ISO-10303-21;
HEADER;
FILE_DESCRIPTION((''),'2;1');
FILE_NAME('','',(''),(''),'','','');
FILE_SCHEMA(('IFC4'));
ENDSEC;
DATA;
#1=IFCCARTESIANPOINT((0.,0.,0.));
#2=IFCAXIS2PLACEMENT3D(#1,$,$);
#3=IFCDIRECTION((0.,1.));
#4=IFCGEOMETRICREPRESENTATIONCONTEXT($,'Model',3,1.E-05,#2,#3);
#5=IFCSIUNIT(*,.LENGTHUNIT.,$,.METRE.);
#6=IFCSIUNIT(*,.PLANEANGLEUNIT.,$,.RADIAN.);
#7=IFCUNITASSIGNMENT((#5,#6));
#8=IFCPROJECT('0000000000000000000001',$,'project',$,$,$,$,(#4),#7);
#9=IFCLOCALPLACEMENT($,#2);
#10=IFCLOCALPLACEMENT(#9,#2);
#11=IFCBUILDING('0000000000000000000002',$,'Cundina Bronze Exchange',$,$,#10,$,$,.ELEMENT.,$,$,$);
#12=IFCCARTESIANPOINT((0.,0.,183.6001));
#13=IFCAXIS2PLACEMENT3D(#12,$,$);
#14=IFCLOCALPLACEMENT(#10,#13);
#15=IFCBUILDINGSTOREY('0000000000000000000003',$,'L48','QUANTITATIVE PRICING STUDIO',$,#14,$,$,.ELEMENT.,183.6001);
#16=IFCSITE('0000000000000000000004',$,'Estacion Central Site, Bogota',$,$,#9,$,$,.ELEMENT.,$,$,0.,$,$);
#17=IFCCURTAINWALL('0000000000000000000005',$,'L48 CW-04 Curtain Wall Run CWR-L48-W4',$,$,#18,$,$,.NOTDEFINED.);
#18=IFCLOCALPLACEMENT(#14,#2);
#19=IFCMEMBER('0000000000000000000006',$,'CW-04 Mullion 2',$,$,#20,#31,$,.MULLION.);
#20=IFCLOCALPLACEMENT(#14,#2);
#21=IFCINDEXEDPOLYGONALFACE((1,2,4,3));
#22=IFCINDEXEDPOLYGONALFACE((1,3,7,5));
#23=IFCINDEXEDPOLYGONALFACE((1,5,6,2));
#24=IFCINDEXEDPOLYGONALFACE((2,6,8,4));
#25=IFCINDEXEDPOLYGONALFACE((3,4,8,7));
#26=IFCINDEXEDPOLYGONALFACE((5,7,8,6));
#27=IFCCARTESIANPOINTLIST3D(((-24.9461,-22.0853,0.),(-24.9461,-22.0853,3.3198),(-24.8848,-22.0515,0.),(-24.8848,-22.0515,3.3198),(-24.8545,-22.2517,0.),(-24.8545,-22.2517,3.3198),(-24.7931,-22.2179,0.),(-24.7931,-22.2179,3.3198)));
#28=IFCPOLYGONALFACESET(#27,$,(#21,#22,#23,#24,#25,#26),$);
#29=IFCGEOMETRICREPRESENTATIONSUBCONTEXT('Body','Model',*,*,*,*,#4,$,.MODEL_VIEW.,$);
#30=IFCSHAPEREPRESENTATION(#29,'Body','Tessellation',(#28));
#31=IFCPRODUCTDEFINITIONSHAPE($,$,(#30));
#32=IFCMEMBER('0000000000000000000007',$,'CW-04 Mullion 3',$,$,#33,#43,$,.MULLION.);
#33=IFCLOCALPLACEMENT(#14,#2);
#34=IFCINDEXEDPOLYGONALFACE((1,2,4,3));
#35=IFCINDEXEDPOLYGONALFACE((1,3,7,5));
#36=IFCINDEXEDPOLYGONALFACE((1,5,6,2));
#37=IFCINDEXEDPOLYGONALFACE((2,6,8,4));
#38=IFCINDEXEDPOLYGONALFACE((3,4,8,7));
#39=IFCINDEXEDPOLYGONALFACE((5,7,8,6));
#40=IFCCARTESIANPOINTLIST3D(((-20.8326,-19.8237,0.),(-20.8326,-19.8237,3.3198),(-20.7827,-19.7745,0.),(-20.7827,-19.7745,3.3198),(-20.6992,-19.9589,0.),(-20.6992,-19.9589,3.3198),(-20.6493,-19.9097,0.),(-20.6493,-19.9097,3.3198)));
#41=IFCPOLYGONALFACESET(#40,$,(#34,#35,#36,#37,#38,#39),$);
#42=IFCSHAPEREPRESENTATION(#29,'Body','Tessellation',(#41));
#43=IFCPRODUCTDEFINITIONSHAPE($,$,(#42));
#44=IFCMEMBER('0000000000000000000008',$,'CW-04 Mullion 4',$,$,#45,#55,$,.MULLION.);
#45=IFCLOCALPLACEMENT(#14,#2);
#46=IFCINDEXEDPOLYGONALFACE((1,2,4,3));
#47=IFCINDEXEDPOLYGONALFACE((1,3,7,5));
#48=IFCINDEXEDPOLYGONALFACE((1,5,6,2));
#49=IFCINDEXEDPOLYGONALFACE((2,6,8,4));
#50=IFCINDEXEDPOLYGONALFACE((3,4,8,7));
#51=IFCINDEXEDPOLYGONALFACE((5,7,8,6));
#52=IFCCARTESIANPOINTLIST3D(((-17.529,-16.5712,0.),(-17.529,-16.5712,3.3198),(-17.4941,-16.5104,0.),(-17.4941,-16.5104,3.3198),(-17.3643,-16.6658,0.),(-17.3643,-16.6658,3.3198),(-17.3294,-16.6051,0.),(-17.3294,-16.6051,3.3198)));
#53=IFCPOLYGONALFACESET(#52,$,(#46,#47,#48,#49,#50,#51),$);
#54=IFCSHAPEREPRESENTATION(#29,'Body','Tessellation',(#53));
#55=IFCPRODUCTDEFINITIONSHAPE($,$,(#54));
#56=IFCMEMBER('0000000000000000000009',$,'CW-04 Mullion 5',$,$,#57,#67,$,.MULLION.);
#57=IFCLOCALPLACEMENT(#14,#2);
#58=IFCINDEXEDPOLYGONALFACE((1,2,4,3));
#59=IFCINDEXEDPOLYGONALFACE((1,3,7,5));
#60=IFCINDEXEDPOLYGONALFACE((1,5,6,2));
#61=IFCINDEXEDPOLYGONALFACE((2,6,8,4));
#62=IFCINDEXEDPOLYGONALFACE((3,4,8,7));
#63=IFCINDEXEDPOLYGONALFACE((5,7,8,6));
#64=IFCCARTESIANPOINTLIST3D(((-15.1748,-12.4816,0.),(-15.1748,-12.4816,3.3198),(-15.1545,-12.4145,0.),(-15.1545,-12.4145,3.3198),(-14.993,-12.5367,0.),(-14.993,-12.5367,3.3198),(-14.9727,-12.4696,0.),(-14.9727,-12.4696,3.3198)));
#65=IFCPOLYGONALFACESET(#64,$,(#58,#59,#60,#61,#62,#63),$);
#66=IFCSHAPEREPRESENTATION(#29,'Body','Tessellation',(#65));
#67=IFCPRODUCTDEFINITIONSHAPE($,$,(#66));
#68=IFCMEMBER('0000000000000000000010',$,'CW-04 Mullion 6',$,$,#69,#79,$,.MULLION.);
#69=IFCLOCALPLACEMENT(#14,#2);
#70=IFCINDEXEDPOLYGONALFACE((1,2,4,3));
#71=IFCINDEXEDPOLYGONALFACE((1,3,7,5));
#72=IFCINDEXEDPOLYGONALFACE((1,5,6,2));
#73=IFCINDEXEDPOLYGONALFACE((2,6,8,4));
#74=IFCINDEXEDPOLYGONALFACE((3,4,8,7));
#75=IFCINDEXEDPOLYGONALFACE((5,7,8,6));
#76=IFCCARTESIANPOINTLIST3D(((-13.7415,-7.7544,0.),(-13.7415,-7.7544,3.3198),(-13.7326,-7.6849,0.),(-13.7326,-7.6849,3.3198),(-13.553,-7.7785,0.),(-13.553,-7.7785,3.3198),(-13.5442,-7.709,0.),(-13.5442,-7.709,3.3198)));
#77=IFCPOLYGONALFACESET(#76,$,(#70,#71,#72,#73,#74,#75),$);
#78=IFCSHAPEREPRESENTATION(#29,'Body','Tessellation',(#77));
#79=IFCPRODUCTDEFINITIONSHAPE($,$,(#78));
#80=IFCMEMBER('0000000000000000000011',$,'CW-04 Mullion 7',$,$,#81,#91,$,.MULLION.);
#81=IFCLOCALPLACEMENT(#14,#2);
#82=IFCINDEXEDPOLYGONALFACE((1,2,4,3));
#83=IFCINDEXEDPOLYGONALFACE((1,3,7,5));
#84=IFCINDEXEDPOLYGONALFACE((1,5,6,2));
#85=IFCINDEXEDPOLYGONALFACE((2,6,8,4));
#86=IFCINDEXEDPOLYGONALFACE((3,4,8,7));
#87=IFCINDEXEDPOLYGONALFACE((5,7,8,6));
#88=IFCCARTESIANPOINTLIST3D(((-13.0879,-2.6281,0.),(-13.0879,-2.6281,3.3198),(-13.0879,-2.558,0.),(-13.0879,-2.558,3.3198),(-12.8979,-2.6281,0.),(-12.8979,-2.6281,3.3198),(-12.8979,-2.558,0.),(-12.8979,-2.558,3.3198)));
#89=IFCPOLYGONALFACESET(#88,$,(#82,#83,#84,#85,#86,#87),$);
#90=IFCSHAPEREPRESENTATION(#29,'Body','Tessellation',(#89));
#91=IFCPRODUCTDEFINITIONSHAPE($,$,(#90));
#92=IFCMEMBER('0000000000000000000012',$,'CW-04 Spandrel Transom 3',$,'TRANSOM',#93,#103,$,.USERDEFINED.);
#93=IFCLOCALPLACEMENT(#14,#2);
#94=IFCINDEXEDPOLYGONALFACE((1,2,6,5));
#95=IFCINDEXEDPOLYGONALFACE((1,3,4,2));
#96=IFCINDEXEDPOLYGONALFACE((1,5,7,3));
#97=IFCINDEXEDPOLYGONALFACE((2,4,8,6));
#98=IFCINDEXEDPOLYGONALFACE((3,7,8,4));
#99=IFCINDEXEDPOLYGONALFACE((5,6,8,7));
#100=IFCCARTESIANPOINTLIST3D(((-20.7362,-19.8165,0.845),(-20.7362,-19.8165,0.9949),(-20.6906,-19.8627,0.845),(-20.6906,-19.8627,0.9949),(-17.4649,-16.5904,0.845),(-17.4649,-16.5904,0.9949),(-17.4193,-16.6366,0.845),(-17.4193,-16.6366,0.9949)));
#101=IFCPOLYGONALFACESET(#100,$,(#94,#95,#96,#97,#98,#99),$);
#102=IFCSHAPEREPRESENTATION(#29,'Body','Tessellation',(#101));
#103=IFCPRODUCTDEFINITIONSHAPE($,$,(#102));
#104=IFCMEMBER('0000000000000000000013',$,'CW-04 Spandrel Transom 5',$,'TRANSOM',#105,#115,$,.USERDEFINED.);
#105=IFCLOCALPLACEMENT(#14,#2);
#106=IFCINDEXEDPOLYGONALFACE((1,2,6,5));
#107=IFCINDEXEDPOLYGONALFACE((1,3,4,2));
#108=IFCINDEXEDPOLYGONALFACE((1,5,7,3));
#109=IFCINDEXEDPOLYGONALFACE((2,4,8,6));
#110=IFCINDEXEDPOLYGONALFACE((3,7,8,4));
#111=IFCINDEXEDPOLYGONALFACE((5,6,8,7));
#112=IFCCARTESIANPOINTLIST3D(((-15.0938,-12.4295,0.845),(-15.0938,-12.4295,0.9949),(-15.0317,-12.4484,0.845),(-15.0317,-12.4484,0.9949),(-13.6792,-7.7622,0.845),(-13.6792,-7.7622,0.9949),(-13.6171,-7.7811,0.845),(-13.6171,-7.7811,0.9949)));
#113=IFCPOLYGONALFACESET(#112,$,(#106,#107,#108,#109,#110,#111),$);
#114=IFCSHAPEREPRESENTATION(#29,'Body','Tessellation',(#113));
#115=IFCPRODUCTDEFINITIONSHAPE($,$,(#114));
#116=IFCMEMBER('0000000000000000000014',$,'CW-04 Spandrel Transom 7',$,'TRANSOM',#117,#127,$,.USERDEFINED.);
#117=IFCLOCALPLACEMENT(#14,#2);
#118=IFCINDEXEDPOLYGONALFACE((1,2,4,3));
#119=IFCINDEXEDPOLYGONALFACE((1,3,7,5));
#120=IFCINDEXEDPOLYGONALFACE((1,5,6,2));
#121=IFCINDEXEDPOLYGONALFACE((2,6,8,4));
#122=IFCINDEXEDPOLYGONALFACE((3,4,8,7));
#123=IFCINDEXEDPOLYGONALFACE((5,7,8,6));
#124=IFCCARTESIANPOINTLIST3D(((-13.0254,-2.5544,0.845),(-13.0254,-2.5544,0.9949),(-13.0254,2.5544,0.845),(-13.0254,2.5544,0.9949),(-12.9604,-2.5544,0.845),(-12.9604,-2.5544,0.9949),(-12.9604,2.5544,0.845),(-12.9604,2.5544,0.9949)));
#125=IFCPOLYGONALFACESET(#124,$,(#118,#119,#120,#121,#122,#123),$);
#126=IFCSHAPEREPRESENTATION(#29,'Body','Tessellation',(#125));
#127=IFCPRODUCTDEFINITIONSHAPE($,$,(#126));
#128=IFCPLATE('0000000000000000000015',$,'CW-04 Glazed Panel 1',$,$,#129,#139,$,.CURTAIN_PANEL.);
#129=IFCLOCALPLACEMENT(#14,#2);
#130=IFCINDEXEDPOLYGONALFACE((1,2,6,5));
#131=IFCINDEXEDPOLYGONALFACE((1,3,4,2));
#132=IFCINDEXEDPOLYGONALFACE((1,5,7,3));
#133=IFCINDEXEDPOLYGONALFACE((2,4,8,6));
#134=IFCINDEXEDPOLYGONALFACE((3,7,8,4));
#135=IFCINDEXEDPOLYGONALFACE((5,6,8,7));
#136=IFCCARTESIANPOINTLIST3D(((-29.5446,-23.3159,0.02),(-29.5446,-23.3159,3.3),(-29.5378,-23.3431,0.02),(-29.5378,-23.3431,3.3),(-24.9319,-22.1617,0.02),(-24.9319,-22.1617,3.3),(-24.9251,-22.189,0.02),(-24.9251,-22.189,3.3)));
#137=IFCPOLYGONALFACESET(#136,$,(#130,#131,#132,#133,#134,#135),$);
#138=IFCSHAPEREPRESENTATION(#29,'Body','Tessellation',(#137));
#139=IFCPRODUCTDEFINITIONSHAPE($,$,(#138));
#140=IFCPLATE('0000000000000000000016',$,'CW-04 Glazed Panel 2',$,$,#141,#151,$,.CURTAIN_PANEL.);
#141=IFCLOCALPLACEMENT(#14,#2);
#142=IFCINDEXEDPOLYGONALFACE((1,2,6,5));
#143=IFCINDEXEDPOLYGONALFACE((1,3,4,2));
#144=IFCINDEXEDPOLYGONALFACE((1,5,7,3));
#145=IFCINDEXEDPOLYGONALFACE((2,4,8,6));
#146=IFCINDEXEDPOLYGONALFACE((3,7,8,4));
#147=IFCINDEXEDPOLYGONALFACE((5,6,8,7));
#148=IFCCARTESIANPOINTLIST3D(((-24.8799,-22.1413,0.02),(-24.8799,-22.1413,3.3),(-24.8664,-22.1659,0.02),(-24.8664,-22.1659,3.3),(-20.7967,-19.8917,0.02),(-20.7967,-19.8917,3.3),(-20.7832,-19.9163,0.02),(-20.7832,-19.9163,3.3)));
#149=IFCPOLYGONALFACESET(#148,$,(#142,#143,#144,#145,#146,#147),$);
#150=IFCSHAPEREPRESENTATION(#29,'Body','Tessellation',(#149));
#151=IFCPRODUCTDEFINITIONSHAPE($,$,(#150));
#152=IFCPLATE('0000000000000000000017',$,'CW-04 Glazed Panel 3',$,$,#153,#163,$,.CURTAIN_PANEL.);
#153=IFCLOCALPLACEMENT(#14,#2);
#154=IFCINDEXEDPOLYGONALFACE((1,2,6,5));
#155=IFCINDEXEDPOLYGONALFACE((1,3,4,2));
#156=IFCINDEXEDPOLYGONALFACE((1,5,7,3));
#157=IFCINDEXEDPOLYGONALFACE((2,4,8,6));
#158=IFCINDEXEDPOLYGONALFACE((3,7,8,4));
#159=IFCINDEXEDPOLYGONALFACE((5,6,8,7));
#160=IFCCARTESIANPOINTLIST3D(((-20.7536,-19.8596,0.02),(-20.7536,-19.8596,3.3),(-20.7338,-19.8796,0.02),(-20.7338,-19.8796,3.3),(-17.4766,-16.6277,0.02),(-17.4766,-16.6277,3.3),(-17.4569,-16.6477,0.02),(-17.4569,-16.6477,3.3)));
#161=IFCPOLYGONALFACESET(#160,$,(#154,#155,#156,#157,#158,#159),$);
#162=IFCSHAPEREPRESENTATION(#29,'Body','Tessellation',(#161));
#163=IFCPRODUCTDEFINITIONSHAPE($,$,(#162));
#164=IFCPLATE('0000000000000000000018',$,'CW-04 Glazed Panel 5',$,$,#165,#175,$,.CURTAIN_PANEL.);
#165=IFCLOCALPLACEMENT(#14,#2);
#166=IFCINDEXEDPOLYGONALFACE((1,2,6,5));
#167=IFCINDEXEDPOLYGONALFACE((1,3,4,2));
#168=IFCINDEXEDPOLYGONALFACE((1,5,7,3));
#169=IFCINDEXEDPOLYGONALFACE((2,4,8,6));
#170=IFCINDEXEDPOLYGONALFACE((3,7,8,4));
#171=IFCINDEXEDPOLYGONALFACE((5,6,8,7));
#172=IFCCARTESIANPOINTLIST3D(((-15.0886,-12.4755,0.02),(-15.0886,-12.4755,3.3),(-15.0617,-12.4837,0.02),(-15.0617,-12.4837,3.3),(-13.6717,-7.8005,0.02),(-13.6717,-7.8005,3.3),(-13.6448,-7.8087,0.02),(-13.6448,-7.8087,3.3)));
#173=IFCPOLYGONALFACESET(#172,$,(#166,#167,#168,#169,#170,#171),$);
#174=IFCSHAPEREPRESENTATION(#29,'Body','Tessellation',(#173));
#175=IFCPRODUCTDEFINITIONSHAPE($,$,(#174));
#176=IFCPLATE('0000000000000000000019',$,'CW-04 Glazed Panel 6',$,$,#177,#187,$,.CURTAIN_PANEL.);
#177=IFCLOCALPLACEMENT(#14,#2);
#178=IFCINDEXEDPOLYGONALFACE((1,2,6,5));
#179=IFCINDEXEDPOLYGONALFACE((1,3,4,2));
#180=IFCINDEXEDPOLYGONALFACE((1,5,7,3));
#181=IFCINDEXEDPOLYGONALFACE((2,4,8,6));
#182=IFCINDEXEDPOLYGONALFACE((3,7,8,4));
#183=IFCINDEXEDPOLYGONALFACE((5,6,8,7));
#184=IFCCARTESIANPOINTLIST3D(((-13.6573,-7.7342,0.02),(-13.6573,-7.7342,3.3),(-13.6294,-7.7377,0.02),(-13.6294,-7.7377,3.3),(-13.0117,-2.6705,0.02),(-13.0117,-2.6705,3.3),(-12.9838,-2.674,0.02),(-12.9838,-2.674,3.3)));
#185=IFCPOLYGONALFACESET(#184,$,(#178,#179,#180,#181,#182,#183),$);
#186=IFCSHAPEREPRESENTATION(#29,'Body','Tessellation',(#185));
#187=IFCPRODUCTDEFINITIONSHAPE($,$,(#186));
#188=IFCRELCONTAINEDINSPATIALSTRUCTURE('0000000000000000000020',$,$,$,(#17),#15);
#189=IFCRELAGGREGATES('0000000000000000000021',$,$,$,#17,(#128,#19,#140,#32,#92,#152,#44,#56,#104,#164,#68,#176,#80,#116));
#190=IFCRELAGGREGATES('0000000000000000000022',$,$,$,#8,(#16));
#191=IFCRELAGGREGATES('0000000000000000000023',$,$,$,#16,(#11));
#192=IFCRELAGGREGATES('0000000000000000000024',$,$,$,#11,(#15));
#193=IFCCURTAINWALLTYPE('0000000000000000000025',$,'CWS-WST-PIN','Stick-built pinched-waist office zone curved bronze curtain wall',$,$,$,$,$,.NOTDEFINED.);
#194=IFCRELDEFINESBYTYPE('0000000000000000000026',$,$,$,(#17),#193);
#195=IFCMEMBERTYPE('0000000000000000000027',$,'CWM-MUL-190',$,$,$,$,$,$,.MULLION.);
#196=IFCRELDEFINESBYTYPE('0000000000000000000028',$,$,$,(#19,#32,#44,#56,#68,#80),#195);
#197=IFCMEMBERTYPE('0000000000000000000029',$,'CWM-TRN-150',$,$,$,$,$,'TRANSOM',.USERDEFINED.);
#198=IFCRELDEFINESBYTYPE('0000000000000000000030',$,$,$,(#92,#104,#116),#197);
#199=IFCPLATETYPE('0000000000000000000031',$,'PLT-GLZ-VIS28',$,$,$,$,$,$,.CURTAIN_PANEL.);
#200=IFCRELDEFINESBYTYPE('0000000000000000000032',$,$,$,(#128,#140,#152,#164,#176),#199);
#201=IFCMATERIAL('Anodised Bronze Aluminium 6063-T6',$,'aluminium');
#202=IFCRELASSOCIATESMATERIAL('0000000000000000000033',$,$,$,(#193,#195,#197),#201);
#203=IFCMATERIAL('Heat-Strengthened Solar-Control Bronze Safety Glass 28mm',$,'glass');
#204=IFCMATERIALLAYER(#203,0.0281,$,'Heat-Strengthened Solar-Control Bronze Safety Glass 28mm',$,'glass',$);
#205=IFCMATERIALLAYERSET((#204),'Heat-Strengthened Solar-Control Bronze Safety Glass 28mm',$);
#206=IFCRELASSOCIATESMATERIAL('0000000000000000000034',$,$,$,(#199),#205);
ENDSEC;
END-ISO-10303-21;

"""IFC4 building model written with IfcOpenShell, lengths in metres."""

from ifc_helpers import new_model, si_unit, direction, frame, origin, origin_2d, place, context, subcontext, project, spatial, rectangle, extrude, material, layer, layer_set, material_profile, profile_set, type_object, element, aggregate, save


model = new_model("IFC4")

# Units and contexts
model_context = context("Model", 3, precision=1e-05, world=origin(), true_north=direction((0.0, 1.0)))
body_context = subcontext(model_context, "Body", "Model", "MODEL_VIEW")
ifc_project = project(units=[si_unit("LENGTHUNIT", "METRE"), si_unit("PLANEANGLEUNIT", "RADIAN")], contexts=[model_context])

# Site, building, storey
site_placement = place(None, origin())
site = spatial("IfcSite", under=ifc_project, at=site_placement, Name="Estacion Central Site, Bogota", CompositionType="ELEMENT", RefElevation=0.0)
building_placement = place(site_placement, origin())
building = spatial("IfcBuilding", under=site, at=building_placement, Name="Cundina Bronze Exchange", CompositionType="ELEMENT")
storey_placement = place(building_placement, frame((0.0, 0.0, 183.6001)))
storey = spatial("IfcBuildingStorey", under=building, at=storey_placement, Name="L48", Description="QUANTITATIVE PRICING STUDIO", CompositionType="ELEMENT", Elevation=183.6001)

# Curtain wall, members, plates
ifc_material_1 = material(Name="Anodised Bronze Aluminium 6063-T6", Category="aluminium")
curtain_wall_type = type_object("IfcCurtainWallType", Name="CWS-WST-PIN", Description="Stick-built pinched-waist office zone curved bronze curtain wall", PredefinedType="NOTDEFINED", material=ifc_material_1)
curtain_wall_placement = place(storey_placement, origin())
curtain_wall = element("IfcCurtainWall", 1, at=curtain_wall_placement, inside=storey, type_object=curtain_wall_type, Name="L48 CW-04 Curtain Wall Run CWR-L48-W4", PredefinedType="NOTDEFINED")
ifc_material_profile_1 = material_profile(ifc_material_1, rectangle(XDim=0.0701, YDim=0.1899, at=origin_2d()), Name="AL70X190", Category="aluminium")
ifc_profile_set_1 = profile_set([ifc_material_profile_1], Name="Anodised Bronze Aluminium 6063-T6")
member_type_1 = type_object("IfcMemberType", Name="CWM-MUL-190", PredefinedType="MULLION", material=ifc_profile_set_1)
member_1_placement = place(storey_placement, frame((-24.8696, -22.1516, 0.0), z_axis=(0.0, 0.0, 1.0), x_axis=(0.875886, 0.482518, 0.0)))
member_1 = element("IfcMember", 2, at=member_1_placement, type_object=member_type_1, Name="CW-04 Mullion 2", PredefinedType="MULLION", context=body_context, shape_type="SweptSolid", body=[
    extrude(rectangle(XDim=0.0701, YDim=0.1899, at=origin_2d()), origin(), (0.0, 0.0, 1.0), 3.3198),
])
member_2_placement = place(storey_placement, frame((-20.741, -19.8667, 0.0), z_axis=(0.0, 0.0, 1.0), x_axis=(0.712026, 0.702153, 0.0)))
member_2 = element("IfcMember", 3, at=member_2_placement, type_object=member_type_1, Name="CW-04 Mullion 3", PredefinedType="MULLION", context=body_context, shape_type="SweptSolid", body=[
    extrude(rectangle(XDim=0.0701, YDim=0.1899, at=origin_2d()), origin(), (0.0, 0.0, 1.0), 3.3198),
])
member_3_placement = place(storey_placement, frame((-17.4292, -16.5881, 0.0), z_axis=(0.0, 0.0, 1.0), x_axis=(0.498488, 0.866897, 0.0)))
member_3 = element("IfcMember", 4, at=member_3_placement, type_object=member_type_1, Name="CW-04 Mullion 4", PredefinedType="MULLION", context=body_context, shape_type="SweptSolid", body=[
    extrude(rectangle(XDim=0.0701, YDim=0.1899, at=origin_2d()), origin(), (0.0, 0.0, 1.0), 3.3198),
])
member_4_placement = place(storey_placement, frame((-15.0737, -12.4756, 0.0), z_axis=(0.0, 0.0, 1.0), x_axis=(0.290034, 0.957016, 0.0)))
member_4 = element("IfcMember", 5, at=member_4_placement, type_object=member_type_1, Name="CW-04 Mullion 5", PredefinedType="MULLION", context=body_context, shape_type="SweptSolid", body=[
    extrude(rectangle(XDim=0.0701, YDim=0.1899, at=origin_2d()), origin(), (0.0, 0.0, 1.0), 3.3198),
])
member_5_placement = place(storey_placement, frame((-13.6428, -7.7317, 0.0), z_axis=(0.0, 0.0, 1.0), x_axis=(0.126545, 0.991961, 0.0)))
member_5 = element("IfcMember", 6, at=member_5_placement, type_object=member_type_1, Name="CW-04 Mullion 6", PredefinedType="MULLION", context=body_context, shape_type="SweptSolid", body=[
    extrude(rectangle(XDim=0.0701, YDim=0.1899, at=origin_2d()), origin(), (0.0, 0.0, 1.0), 3.3198),
])
member_6_placement = place(storey_placement, frame((-12.9929, -2.593, 0.0), z_axis=(0.0, 0.0, 1.0), x_axis=(0.0, 1.0, 0.0)))
member_6 = element("IfcMember", 7, at=member_6_placement, type_object=member_type_1, Name="CW-04 Mullion 7", PredefinedType="MULLION", context=body_context, shape_type="SweptSolid", body=[
    extrude(rectangle(XDim=0.0701, YDim=0.1899, at=origin_2d()), origin(), (0.0, 0.0, 1.0), 3.3198),
])
ifc_material_profile_2 = material_profile(ifc_material_1, rectangle(XDim=0.0649, YDim=0.1499, at=origin_2d()), Name="AL65X150", Category="aluminium")
ifc_profile_set_2 = profile_set([ifc_material_profile_2], Name="Anodised Bronze Aluminium 6063-T6")
member_type_2 = type_object("IfcMemberType", Name="CWM-TRN-150", ElementType="TRANSOM", PredefinedType="USERDEFINED", material=ifc_profile_set_2)
member_7_placement = place(storey_placement, frame((-20.7134, -19.8396, 0.9199), z_axis=(0.712005, 0.702174, 0.0), x_axis=(-0.702174, 0.712005, 0.0)))
member_7 = element("IfcMember", 8, at=member_7_placement, type_object=member_type_2, Name="CW-04 Spandrel Transom 3", ObjectType="TRANSOM", PredefinedType="USERDEFINED", context=body_context, shape_type="SweptSolid", body=[
    extrude(rectangle(XDim=0.0649, YDim=0.1499, at=origin_2d()), origin(), (0.0, 0.0, 1.0), 4.5945),
])
member_8_placement = place(storey_placement, frame((-15.0627, -12.439, 0.9199), z_axis=(0.290052, 0.957011, 0.0), x_axis=(-0.957011, 0.290052, 0.0)))
member_8 = element("IfcMember", 9, at=member_8_placement, type_object=member_type_2, Name="CW-04 Spandrel Transom 5", ObjectType="TRANSOM", PredefinedType="USERDEFINED", context=body_context, shape_type="SweptSolid", body=[
    extrude(rectangle(XDim=0.0649, YDim=0.1499, at=origin_2d()), origin(), (0.0, 0.0, 1.0), 4.877),
])
member_9_placement = place(storey_placement, frame((-12.9929, -2.5544, 0.9199), z_axis=(0.0, 1.0, 0.0), x_axis=(-1.0, 0.0, 0.0)))
member_9 = element("IfcMember", 10, at=member_9_placement, type_object=member_type_2, Name="CW-04 Spandrel Transom 7", ObjectType="TRANSOM", PredefinedType="USERDEFINED", context=body_context, shape_type="SweptSolid", body=[
    extrude(rectangle(XDim=0.0649, YDim=0.1499, at=origin_2d()), origin(), (0.0, 0.0, 1.0), 5.1089),
])
ifc_material_2 = material(Name="Heat-Strengthened Solar-Control Bronze Safety Glass 28mm", Category="glass")
ifc_layer_1 = layer(ifc_material_2, 0.0281, Name="Heat-Strengthened Solar-Control Bronze Safety Glass 28mm", Category="glass")
ifc_layer_set_1 = layer_set([ifc_layer_1], Name="Heat-Strengthened Solar-Control Bronze Safety Glass 28mm")
plate_type_1 = type_object("IfcPlateType", Name="PLT-GLZ-VIS28", PredefinedType="CURTAIN_PANEL", material=ifc_layer_set_1)
plate_1_placement = place(storey_placement, frame((-27.2349, -22.7524, 0.02), z_axis=(0.0, 0.0, 1.0), x_axis=(0.970093, 0.242735, 0.0)))
plate_1 = element("IfcPlate", 11, at=plate_1_placement, type_object=plate_type_1, Name="CW-04 Glazed Panel 1", PredefinedType="CURTAIN_PANEL", context=body_context, shape_type="SweptSolid", body=[
    extrude(rectangle(XDim=4.7549, YDim=0.0281, at=origin_2d()), origin(), (0.0, 0.0, 1.0), 3.28),
])
plate_2_placement = place(storey_placement, frame((-22.8315, -21.0288, 0.02), z_axis=(0.0, 0.0, 1.0), x_axis=(0.875869, 0.482549, 0.0)))
plate_2 = element("IfcPlate", 12, at=plate_2_placement, type_object=plate_type_1, Name="CW-04 Glazed Panel 2", PredefinedType="CURTAIN_PANEL", context=body_context, shape_type="SweptSolid", body=[
    extrude(rectangle(XDim=4.6619, YDim=0.0281, at=origin_2d()), origin(), (0.0, 0.0, 1.0), 3.28),
])
plate_3_placement = place(storey_placement, frame((-19.1052, -18.2537, 0.02), z_axis=(0.0, 0.0, 1.0), x_axis=(0.711989, 0.70219, 0.0)))
plate_3 = element("IfcPlate", 13, at=plate_3_placement, type_object=plate_type_1, Name="CW-04 Glazed Panel 3", PredefinedType="CURTAIN_PANEL", context=body_context, shape_type="SweptSolid", body=[
    extrude(rectangle(XDim=4.6025, YDim=0.0281, at=origin_2d()), origin(), (0.0, 0.0, 1.0), 3.28),
])
plate_4_placement = place(storey_placement, frame((-14.3667, -10.1421, 0.02), z_axis=(0.0, 0.0, 1.0), x_axis=(0.290051, 0.957011, 0.0)))
plate_4 = element("IfcPlate", 14, at=plate_4_placement, type_object=plate_type_1, Name="CW-04 Glazed Panel 5", PredefinedType="CURTAIN_PANEL", context=body_context, shape_type="SweptSolid", body=[
    extrude(rectangle(XDim=4.885, YDim=0.0281, at=origin_2d()), origin(), (0.0, 0.0, 1.0), 3.28),
])
plate_5_placement = place(storey_placement, frame((-13.3206, -5.2041, 0.02), z_axis=(0.0, 0.0, 1.0), x_axis=(0.126476, 0.99197, 0.0)))
plate_5 = element("IfcPlate", 15, at=plate_5_placement, type_object=plate_type_1, Name="CW-04 Glazed Panel 6", PredefinedType="CURTAIN_PANEL", context=body_context, shape_type="SweptSolid", body=[
    extrude(rectangle(XDim=5.1047, YDim=0.0281, at=origin_2d()), origin(), (0.0, 0.0, 1.0), 3.28),
])
aggregate(curtain_wall, [plate_1, member_1, plate_2, member_2, member_7, plate_3, member_3, member_4, member_8, plate_4, member_5, plate_5, member_6, member_9])

save(model, "model.ifc")
